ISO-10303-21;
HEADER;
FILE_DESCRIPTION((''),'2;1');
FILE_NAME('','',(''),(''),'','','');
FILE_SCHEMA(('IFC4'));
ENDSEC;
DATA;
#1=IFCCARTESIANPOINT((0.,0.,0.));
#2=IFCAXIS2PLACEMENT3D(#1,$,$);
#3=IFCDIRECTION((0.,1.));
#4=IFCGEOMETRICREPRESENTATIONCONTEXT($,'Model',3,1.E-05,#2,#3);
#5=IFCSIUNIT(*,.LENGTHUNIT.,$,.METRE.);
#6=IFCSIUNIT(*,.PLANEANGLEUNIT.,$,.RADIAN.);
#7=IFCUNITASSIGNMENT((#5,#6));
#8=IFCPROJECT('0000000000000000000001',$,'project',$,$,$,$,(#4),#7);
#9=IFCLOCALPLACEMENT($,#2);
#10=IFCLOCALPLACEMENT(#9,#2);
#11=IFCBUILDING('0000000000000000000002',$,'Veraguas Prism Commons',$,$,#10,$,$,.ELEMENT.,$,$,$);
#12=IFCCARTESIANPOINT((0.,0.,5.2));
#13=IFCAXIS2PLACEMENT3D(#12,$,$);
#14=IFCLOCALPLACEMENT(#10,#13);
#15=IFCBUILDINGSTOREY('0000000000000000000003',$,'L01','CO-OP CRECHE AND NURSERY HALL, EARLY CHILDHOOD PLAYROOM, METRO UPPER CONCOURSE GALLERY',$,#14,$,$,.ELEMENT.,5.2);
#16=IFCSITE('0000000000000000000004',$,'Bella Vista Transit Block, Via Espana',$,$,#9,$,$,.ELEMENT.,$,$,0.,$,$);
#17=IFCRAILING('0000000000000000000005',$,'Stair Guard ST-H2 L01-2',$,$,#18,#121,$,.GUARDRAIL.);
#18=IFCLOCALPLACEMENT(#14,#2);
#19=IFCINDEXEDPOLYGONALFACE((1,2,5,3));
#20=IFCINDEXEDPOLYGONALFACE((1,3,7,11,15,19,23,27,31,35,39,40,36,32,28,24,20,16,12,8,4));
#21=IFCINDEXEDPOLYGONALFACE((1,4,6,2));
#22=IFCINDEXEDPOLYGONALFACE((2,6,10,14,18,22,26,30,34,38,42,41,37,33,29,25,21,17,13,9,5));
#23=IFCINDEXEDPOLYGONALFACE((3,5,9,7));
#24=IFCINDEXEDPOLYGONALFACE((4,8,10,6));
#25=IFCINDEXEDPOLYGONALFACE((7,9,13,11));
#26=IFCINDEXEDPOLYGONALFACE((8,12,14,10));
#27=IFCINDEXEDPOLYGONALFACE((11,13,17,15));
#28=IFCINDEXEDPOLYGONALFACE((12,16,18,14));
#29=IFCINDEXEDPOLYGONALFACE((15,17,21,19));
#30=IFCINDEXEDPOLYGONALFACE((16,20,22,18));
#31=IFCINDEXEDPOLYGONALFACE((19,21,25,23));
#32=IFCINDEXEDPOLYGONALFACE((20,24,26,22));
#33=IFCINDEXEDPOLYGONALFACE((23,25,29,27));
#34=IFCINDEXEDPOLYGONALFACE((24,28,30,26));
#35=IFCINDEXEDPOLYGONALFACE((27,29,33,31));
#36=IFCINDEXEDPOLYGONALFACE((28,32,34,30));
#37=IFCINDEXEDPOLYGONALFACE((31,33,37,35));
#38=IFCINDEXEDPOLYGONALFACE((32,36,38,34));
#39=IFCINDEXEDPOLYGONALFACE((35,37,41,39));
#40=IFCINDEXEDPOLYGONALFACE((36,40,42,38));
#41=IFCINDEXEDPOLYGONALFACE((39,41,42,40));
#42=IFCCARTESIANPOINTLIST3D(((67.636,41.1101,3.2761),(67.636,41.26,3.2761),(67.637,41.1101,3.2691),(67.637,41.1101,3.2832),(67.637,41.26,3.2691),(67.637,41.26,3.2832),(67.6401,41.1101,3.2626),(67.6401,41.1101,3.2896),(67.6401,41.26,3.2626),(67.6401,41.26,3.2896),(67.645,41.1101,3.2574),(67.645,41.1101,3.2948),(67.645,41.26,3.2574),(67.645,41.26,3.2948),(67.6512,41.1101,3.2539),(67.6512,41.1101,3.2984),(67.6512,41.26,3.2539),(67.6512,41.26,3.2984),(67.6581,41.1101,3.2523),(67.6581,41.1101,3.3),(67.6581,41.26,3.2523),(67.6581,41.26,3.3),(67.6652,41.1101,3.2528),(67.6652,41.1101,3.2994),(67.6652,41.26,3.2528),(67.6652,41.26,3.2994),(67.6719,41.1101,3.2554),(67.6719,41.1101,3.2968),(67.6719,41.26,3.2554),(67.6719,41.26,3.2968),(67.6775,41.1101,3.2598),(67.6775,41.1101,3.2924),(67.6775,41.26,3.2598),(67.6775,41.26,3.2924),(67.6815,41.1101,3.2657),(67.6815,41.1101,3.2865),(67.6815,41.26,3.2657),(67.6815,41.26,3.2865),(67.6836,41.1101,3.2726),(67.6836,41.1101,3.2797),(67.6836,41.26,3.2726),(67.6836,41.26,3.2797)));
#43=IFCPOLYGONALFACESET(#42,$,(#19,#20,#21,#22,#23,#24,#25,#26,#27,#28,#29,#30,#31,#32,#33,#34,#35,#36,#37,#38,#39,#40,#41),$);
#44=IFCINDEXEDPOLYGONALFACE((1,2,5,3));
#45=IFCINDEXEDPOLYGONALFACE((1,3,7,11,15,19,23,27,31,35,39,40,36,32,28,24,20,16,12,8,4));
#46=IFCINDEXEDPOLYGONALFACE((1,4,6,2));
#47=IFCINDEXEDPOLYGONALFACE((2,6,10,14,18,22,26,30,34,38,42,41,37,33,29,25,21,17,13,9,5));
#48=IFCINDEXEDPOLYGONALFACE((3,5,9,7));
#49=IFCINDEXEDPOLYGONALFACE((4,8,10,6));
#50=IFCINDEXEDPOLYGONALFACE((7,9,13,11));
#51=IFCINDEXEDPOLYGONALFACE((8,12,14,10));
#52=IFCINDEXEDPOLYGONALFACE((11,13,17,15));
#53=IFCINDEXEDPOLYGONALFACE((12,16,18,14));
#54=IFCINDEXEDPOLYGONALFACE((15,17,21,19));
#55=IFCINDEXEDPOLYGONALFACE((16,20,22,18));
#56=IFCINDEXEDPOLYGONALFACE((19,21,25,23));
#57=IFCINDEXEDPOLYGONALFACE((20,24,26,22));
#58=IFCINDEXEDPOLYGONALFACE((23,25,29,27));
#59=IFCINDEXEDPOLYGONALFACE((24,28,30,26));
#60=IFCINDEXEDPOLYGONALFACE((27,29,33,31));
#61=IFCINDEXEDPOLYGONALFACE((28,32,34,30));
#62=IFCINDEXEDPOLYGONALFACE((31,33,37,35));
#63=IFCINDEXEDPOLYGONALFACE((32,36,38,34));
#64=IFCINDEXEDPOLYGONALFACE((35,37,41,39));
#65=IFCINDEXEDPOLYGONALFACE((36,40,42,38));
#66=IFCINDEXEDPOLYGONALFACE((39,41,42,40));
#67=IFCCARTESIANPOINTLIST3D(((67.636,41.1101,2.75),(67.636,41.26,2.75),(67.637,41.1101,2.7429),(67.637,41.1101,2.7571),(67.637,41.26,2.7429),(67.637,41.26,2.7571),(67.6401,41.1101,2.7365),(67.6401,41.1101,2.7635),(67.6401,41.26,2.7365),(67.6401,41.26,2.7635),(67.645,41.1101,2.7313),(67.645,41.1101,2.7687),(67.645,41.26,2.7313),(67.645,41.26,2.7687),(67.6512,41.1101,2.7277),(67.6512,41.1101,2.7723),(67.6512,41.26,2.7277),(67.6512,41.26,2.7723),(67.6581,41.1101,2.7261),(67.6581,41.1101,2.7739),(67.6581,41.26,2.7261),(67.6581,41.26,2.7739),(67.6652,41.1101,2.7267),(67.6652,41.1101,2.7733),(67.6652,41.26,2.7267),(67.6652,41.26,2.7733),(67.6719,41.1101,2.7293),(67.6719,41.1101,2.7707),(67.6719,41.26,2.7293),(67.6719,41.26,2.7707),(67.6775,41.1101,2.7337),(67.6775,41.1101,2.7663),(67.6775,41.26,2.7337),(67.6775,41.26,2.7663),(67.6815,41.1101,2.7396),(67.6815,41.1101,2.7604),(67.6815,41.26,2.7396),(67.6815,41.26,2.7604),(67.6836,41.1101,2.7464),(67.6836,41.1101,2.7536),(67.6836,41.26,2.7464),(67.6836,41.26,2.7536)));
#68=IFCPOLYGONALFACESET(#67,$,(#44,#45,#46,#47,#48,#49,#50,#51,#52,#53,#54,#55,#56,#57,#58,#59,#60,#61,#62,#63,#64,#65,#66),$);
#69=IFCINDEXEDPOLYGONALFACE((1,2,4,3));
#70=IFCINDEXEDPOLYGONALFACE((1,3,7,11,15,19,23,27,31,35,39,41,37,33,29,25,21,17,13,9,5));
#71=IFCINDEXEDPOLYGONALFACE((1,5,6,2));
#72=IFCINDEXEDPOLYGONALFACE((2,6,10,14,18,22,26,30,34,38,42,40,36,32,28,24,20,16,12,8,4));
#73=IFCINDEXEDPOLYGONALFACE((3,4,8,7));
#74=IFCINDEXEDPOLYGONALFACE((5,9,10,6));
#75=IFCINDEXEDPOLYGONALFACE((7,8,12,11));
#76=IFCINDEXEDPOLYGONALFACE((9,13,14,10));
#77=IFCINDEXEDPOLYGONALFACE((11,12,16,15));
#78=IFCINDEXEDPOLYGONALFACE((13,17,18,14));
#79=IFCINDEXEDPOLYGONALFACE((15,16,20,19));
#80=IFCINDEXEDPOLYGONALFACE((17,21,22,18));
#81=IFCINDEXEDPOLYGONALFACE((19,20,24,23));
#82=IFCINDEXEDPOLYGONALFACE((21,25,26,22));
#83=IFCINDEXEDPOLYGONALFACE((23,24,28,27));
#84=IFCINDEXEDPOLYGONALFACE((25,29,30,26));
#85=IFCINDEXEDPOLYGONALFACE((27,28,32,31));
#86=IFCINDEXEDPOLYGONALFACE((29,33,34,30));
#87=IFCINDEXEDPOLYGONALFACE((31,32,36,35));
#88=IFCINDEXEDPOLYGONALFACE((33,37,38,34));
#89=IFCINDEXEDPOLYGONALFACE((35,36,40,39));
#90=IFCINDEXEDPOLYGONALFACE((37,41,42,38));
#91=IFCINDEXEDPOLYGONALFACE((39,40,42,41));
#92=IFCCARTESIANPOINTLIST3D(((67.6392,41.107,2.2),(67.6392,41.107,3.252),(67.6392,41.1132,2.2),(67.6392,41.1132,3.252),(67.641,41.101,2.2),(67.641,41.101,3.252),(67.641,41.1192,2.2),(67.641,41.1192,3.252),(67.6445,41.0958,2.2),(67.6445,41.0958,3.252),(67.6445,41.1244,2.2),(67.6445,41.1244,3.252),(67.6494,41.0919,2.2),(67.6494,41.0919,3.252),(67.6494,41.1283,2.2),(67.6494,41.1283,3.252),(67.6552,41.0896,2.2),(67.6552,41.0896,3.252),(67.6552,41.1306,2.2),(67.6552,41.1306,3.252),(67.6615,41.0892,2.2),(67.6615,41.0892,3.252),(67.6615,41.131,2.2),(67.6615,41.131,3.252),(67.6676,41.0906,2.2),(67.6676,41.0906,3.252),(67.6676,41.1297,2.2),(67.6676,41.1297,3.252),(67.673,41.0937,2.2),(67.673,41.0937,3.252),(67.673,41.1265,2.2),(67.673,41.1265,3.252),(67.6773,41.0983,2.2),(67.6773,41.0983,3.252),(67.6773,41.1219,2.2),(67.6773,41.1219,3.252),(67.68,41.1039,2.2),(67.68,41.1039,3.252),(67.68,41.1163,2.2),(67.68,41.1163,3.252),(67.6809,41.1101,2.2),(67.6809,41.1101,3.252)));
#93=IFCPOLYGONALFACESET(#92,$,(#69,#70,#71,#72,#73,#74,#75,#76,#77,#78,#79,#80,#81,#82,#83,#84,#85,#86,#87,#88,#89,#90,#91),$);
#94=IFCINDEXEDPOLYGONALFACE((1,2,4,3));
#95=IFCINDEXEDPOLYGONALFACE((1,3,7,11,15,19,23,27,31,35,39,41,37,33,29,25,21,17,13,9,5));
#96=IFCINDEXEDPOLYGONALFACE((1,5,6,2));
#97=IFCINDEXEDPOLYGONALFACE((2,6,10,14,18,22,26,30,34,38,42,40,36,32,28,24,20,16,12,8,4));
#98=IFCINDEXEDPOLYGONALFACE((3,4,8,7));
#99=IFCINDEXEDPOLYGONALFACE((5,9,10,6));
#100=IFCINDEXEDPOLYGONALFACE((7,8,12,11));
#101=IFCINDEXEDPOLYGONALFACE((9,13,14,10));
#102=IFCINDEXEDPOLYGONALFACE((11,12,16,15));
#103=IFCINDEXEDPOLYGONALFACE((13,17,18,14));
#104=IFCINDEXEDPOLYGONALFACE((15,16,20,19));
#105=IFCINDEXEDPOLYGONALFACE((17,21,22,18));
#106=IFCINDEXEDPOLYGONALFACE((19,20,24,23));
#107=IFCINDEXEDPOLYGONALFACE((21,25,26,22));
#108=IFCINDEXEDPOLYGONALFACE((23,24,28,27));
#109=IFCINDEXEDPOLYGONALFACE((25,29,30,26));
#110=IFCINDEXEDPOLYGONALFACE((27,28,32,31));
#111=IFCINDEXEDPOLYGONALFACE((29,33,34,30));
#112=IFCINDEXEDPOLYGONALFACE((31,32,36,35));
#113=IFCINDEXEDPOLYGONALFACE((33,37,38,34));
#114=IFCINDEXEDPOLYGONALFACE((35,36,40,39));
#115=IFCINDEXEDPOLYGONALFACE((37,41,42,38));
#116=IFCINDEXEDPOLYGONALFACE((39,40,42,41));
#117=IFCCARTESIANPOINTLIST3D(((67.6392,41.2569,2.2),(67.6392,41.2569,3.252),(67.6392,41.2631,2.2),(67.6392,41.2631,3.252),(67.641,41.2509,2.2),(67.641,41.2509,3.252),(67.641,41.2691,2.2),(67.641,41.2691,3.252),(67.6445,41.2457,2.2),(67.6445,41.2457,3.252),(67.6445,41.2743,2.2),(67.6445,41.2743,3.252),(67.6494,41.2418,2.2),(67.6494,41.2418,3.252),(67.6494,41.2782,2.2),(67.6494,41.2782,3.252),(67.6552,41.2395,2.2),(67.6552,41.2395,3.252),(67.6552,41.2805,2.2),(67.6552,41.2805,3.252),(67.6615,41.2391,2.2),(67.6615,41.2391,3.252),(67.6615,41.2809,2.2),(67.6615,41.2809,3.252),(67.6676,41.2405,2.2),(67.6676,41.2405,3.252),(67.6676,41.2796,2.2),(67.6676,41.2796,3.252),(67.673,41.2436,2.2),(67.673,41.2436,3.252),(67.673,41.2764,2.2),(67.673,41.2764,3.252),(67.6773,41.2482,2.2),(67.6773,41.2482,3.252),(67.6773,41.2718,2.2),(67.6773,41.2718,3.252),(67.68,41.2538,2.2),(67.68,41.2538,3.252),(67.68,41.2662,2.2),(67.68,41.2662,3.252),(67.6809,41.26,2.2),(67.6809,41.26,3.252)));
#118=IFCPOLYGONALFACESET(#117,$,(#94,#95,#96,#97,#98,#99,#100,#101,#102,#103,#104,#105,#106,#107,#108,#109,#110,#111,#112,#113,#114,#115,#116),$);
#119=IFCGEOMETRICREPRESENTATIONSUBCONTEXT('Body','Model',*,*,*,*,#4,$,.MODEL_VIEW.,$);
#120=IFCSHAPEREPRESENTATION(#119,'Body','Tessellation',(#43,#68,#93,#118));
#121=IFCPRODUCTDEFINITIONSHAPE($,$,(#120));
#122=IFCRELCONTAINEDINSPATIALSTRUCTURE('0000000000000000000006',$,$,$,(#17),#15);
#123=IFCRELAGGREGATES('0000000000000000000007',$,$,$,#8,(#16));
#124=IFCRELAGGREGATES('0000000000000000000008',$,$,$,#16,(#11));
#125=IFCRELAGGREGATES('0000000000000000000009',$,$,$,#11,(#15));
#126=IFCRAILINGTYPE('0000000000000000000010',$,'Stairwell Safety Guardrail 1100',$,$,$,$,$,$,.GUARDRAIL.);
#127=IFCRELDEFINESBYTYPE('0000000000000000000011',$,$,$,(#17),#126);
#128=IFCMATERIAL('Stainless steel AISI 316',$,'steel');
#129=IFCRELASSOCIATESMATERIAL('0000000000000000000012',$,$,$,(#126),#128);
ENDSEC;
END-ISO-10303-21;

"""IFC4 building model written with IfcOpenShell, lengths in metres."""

from ifc_helpers import new_model, si_unit, direction, frame, origin, origin_2d, place, context, subcontext, project, spatial, circle, extrude, material, type_object, element, save


model = new_model("IFC4")

# Units and contexts
model_context = context("Model", 3, precision=1e-05, world=origin(), true_north=direction((0.0, 1.0)))
body_context = subcontext(model_context, "Body", "Model", "MODEL_VIEW")
ifc_project = project(units=[si_unit("LENGTHUNIT", "METRE"), si_unit("PLANEANGLEUNIT", "RADIAN")], contexts=[model_context])

# Site, building, storey
site_placement = place(None, origin())
site = spatial("IfcSite", under=ifc_project, at=site_placement, Name="Bella Vista Transit Block, Via Espana", CompositionType="ELEMENT", RefElevation=0.0)
building_placement = place(site_placement, origin())
building = spatial("IfcBuilding", under=site, at=building_placement, Name="Veraguas Prism Commons", CompositionType="ELEMENT")
storey_placement = place(building_placement, frame((0.0, 0.0, 5.2)))
storey = spatial("IfcBuildingStorey", under=building, at=storey_placement, Name="L01", Description="CO-OP CRECHE AND NURSERY HALL, EARLY CHILDHOOD PLAYROOM, METRO UPPER CONCOURSE GALLERY", CompositionType="ELEMENT", Elevation=5.2)

# Railing
ifc_material_1 = material(Name="Stainless steel AISI 316", Category="steel")
railing_type_1 = type_object("IfcRailingType", Name="Stairwell Safety Guardrail 1100", PredefinedType="GUARDRAIL", material=ifc_material_1)
railing_1_placement = place(storey_placement, frame((67.6599, 41.1101, 2.2)))
element("IfcRailing", 1, at=railing_1_placement, inside=storey, type_object=railing_type_1, Name="Stair Guard ST-H2 L01-2", PredefinedType="GUARDRAIL", context=body_context, shape_type="SweptSolid", body=[
    extrude(circle(Radius=0.0239, at=origin_2d()), frame((0.0, 0.0, 1.0762), z_axis=(0.0, 1.0, 0.0), x_axis=(-1.0, 0.0, 0.0)), (0.0, 0.0, 1.0), 0.1499),
    extrude(circle(Radius=0.0239, at=origin_2d()), frame((0.0, 0.0, 0.55), z_axis=(0.0, 1.0, 0.0), x_axis=(-1.0, 0.0, 0.0)), (0.0, 0.0, 1.0), 0.1499),
    extrude(circle(Radius=0.021, at=origin_2d()), origin(), (0.0, 0.0, 1.0), 1.052),
    extrude(circle(Radius=0.021, at=origin_2d()), frame((0.0, 0.1499, 0.0)), (0.0, 0.0, 1.0), 1.052),
])

save(model, "model.ifc")
